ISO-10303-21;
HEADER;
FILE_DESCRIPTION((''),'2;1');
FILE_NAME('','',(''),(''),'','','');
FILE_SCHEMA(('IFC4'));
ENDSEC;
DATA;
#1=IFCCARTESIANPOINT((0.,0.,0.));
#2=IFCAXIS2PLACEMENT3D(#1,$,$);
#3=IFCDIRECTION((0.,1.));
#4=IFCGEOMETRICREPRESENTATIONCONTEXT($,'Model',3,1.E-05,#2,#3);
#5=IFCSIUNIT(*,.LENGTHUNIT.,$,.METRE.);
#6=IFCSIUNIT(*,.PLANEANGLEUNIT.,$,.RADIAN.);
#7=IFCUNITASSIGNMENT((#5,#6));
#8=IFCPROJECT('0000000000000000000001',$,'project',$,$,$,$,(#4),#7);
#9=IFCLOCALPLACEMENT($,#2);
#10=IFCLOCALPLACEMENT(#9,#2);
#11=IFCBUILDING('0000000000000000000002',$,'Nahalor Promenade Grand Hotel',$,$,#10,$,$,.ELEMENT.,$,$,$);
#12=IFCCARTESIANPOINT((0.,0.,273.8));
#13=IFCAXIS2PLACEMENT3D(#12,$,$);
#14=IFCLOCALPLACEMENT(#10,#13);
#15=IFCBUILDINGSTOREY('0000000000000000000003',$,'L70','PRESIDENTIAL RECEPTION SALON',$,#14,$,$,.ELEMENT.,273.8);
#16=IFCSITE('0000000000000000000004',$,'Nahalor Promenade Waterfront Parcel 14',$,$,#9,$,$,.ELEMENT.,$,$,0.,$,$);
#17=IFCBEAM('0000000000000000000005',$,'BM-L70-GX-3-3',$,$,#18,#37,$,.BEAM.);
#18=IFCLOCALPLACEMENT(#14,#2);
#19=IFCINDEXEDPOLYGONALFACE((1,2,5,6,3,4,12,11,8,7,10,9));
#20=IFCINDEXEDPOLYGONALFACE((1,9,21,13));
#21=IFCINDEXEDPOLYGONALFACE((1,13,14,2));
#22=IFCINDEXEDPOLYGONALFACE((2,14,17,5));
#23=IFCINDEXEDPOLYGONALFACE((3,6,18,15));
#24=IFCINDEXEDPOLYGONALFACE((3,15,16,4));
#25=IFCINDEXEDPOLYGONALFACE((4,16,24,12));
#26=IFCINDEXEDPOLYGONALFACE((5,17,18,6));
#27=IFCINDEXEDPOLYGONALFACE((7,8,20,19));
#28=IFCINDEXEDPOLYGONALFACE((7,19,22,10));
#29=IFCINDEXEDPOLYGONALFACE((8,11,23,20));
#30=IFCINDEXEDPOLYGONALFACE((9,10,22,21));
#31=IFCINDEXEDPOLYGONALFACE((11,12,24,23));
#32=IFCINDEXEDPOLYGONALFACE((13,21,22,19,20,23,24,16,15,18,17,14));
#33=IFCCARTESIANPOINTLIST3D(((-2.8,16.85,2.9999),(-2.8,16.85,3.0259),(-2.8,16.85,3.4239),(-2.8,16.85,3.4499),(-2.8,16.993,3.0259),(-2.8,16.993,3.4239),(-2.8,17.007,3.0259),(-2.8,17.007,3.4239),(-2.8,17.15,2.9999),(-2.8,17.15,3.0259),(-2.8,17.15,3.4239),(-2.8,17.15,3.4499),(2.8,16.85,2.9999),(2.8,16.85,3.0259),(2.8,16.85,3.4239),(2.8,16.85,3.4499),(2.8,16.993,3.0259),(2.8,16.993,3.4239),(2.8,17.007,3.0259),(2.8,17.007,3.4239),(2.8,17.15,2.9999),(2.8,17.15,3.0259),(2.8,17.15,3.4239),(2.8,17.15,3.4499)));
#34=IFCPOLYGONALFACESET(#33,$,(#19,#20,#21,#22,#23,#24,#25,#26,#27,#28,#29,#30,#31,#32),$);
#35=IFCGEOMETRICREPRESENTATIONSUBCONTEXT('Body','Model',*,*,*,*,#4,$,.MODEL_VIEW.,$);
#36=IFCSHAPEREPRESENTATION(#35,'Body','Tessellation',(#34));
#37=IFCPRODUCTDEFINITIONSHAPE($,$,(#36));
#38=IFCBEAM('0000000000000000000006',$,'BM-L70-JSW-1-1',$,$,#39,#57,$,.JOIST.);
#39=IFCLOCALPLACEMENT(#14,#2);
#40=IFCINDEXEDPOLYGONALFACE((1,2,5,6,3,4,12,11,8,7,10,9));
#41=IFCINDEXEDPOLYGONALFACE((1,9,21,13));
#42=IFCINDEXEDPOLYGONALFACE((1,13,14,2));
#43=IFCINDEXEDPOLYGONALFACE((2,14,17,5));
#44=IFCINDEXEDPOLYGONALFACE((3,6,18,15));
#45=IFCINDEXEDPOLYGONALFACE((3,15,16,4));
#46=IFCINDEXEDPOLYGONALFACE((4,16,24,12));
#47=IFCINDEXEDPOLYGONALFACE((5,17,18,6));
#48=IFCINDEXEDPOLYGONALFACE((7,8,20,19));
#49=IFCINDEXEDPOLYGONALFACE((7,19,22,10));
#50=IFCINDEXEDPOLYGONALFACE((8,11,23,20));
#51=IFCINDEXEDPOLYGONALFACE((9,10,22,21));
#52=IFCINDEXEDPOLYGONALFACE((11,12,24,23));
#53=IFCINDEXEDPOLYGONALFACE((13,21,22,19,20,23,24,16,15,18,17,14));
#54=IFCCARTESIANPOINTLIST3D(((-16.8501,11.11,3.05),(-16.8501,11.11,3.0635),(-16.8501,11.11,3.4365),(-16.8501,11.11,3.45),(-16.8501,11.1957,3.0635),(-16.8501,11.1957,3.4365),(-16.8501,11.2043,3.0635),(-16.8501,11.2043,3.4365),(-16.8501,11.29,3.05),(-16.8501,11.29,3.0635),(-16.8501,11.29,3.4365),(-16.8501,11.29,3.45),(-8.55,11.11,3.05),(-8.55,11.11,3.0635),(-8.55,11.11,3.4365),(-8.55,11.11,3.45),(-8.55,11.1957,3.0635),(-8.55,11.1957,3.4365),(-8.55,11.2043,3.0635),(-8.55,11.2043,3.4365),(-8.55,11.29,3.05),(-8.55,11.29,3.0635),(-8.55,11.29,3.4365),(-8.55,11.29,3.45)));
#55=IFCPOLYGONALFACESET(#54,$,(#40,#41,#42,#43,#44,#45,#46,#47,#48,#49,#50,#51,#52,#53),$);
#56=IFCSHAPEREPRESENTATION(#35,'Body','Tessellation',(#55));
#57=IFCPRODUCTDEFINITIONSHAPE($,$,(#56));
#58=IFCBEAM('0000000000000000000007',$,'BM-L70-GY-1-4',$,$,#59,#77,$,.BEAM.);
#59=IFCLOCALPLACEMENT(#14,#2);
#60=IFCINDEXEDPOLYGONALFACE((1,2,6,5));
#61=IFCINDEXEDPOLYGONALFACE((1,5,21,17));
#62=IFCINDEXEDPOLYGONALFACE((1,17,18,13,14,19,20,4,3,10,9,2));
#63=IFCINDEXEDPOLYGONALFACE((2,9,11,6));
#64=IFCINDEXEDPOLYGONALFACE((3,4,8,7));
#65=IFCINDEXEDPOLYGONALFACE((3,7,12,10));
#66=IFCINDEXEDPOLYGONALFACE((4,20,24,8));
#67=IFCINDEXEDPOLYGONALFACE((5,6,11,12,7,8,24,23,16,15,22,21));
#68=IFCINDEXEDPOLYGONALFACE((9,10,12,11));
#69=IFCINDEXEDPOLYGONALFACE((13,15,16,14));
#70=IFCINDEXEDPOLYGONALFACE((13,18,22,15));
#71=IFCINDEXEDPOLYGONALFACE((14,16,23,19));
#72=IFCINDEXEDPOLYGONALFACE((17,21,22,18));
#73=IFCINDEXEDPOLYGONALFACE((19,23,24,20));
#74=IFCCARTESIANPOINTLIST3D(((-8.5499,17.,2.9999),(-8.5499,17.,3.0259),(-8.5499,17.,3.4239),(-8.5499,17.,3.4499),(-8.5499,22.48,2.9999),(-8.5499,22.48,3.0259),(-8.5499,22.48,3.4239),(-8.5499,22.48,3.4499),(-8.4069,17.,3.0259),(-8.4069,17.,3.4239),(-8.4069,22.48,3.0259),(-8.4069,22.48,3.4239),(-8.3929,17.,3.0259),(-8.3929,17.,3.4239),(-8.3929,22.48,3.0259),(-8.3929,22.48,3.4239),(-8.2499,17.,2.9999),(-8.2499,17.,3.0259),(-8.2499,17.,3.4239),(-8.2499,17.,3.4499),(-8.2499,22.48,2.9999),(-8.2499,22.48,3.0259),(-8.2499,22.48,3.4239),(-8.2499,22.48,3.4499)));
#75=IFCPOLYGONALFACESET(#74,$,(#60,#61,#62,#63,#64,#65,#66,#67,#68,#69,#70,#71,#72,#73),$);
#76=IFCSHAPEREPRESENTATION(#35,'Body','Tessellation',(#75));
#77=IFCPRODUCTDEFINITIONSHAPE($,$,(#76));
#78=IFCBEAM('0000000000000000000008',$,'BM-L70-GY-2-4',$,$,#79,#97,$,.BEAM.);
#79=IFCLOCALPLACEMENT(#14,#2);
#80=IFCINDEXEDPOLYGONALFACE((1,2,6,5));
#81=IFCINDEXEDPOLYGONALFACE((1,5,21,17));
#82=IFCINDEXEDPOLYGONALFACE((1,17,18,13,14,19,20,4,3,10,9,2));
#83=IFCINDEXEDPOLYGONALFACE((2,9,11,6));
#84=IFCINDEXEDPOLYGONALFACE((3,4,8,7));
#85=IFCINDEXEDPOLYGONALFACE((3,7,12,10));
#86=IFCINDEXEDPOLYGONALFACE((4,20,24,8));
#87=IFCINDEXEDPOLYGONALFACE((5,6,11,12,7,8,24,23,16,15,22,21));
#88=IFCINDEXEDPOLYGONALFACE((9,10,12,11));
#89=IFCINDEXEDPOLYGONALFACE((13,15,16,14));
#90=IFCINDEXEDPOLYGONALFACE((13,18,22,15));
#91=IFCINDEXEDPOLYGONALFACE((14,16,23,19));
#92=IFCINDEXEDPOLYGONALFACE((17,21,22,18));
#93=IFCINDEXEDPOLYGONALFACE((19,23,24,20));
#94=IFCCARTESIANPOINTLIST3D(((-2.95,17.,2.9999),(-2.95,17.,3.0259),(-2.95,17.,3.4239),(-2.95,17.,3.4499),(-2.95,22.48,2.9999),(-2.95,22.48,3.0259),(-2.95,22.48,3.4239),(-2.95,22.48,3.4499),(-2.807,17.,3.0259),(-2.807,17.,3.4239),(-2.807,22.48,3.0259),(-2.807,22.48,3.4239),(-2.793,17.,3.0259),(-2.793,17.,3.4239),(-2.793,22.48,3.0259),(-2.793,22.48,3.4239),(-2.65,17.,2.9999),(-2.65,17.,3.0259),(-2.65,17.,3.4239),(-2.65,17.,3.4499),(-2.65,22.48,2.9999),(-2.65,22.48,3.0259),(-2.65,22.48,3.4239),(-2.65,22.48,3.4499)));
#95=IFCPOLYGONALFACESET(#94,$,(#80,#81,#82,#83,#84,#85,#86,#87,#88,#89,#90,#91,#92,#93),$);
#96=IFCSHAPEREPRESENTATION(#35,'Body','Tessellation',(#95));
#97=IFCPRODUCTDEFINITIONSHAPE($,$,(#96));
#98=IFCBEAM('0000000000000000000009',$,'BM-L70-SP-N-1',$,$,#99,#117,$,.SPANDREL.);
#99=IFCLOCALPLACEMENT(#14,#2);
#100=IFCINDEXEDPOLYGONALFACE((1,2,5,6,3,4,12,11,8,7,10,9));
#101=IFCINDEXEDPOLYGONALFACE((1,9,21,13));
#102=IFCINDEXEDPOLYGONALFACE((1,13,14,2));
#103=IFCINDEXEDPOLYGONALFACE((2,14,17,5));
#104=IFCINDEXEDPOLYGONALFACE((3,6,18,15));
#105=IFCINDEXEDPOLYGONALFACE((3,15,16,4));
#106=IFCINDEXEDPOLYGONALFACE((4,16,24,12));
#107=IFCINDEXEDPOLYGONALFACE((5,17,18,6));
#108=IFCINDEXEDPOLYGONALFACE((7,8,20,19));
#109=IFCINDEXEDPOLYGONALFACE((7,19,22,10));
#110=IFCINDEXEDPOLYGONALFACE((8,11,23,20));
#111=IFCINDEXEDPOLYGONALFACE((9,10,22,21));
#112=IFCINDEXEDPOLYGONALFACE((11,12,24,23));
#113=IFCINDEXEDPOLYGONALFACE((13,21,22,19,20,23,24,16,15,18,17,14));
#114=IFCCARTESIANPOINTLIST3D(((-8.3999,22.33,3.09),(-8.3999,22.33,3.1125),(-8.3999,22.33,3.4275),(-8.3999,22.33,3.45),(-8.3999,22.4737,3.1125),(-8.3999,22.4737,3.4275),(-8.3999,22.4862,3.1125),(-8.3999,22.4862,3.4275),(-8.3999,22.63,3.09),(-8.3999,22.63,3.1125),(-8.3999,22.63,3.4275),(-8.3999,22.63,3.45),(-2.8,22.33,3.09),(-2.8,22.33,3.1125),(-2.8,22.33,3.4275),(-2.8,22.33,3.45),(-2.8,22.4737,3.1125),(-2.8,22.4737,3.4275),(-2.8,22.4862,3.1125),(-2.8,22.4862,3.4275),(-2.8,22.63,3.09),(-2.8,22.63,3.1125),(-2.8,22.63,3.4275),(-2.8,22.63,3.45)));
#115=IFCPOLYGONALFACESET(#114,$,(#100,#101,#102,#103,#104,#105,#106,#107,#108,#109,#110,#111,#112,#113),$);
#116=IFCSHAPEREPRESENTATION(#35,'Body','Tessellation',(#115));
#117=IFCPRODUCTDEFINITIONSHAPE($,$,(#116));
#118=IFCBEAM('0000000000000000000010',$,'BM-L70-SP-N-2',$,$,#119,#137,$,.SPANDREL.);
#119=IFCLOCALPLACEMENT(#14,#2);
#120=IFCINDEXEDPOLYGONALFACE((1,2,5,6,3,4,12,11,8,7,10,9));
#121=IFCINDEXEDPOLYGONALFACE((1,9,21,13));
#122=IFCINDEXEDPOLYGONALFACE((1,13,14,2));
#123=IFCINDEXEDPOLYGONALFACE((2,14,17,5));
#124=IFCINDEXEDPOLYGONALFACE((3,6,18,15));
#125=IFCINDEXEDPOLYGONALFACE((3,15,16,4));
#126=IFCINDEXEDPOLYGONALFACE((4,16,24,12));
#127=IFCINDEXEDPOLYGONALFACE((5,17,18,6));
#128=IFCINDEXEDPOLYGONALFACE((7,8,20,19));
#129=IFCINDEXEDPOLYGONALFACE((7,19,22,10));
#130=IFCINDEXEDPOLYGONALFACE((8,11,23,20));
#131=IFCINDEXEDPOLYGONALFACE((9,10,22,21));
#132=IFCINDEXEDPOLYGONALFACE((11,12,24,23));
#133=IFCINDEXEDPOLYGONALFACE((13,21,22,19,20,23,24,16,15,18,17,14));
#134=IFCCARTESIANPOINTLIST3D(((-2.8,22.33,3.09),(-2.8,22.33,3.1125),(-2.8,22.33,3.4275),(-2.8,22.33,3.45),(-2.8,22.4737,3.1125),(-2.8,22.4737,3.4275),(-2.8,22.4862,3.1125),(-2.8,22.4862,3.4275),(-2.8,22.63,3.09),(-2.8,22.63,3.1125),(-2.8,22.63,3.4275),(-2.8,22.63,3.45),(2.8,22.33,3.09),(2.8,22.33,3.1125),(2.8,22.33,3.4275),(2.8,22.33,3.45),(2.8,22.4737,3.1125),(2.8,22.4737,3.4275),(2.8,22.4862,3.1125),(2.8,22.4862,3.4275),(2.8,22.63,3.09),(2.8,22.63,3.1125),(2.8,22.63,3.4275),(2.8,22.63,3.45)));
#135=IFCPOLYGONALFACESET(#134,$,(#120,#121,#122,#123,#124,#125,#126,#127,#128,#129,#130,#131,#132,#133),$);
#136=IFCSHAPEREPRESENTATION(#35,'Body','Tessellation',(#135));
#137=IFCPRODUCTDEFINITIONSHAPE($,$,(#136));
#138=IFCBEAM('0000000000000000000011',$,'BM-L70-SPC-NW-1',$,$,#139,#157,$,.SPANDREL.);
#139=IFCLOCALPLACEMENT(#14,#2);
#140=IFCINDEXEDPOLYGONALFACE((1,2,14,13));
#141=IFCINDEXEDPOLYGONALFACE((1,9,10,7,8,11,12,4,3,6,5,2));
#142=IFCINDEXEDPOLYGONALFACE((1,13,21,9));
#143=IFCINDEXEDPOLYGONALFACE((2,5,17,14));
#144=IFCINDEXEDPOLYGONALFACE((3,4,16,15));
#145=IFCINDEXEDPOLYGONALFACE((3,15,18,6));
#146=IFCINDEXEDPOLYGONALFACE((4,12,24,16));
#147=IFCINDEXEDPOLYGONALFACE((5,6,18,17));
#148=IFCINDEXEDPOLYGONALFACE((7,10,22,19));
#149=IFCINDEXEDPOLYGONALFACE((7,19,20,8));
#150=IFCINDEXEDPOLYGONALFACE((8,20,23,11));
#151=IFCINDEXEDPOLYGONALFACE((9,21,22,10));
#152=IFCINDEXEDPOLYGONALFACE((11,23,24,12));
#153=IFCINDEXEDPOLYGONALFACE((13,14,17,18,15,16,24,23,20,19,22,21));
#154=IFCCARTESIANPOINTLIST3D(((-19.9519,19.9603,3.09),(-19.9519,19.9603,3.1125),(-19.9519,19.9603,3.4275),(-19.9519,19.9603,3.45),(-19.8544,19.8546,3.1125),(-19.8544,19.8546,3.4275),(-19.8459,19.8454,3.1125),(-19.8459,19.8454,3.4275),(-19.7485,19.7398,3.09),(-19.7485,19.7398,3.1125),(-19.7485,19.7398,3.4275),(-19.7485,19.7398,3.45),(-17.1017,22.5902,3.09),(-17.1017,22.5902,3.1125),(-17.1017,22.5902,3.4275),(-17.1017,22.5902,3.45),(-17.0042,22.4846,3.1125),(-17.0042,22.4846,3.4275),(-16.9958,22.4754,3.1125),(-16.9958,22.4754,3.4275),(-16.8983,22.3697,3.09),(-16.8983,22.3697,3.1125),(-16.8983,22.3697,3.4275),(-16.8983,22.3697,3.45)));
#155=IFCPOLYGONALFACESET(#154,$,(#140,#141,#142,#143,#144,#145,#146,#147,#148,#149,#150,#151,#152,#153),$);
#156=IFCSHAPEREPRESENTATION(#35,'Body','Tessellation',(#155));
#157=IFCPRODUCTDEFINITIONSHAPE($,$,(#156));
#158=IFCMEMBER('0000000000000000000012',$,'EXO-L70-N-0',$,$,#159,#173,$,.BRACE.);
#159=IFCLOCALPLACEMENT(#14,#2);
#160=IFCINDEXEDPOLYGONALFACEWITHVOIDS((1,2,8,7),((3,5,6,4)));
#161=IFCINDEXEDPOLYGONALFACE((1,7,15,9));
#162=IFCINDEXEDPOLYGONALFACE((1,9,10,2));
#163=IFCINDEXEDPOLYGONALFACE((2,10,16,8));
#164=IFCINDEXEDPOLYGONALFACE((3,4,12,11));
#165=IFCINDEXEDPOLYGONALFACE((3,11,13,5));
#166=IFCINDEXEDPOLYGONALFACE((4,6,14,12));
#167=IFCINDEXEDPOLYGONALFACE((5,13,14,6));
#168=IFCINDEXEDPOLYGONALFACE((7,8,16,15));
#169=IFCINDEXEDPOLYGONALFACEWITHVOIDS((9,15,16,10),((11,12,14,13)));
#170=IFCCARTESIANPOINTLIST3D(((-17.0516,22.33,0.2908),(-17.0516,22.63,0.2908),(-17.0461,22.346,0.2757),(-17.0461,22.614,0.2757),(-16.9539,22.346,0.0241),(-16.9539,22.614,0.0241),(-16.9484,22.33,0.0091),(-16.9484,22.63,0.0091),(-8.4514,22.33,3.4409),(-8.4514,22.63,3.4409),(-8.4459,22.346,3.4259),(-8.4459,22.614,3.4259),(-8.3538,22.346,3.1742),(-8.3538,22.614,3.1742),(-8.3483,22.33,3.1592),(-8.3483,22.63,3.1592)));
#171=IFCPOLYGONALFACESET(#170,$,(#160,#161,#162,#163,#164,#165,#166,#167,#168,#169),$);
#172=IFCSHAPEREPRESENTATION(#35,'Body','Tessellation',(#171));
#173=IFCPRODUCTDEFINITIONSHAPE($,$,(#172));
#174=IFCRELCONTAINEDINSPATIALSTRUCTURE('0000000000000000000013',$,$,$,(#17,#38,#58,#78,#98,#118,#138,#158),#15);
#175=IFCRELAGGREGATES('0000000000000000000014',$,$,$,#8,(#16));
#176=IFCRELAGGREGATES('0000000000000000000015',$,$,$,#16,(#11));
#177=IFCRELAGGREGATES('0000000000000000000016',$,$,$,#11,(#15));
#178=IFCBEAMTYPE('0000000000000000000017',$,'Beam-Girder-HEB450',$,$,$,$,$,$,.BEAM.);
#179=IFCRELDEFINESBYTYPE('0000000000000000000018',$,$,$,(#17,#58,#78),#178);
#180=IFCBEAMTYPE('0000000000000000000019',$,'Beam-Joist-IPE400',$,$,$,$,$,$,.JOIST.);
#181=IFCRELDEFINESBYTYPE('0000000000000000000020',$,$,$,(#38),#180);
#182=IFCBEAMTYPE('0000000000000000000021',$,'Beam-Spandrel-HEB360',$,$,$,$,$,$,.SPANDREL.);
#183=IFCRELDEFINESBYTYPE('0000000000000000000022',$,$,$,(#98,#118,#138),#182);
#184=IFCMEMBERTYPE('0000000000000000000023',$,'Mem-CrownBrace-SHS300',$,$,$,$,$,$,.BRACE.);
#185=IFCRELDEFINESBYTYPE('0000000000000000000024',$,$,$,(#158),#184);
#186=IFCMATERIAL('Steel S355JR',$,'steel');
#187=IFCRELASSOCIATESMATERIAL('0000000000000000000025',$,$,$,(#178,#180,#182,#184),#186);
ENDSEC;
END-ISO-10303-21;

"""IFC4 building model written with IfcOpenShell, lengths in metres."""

from ifc_helpers import new_model, si_unit, direction, frame, origin, origin_2d, place, context, subcontext, project, spatial, hollow_rectangle, i_section, extrude, source, transform, mapped, material, material_profile, profile_set, type_object, element, save


model = new_model("IFC4")

# Units and contexts
model_context = context("Model", 3, precision=1e-05, world=origin(), true_north=direction((0.0, 1.0)))
body_context = subcontext(model_context, "Body", "Model", "MODEL_VIEW")
ifc_project = project(units=[si_unit("LENGTHUNIT", "METRE"), si_unit("PLANEANGLEUNIT", "RADIAN")], contexts=[model_context])

# Site, building, storey
site_placement = place(None, origin())
site = spatial("IfcSite", under=ifc_project, at=site_placement, Name="Nahalor Promenade Waterfront Parcel 14", CompositionType="ELEMENT", RefElevation=0.0)
building_placement = place(site_placement, origin())
building = spatial("IfcBuilding", under=site, at=building_placement, Name="Nahalor Promenade Grand Hotel", CompositionType="ELEMENT")
storey_placement = place(building_placement, frame((0.0, 0.0, 273.8)))
storey = spatial("IfcBuildingStorey", under=building, at=storey_placement, Name="L70", Description="PRESIDENTIAL RECEPTION SALON", CompositionType="ELEMENT", Elevation=273.8)

# Shared definitions
ifc_material_1 = material(Name="Steel S355JR", Category="steel")

# Beams
ifc_material_profile_1 = material_profile(ifc_material_1, i_section(OverallWidth=0.3, OverallDepth=0.45, WebThickness=0.014, FlangeThickness=0.026, at=origin_2d()), Name="HEB 450")
ifc_profile_set_1 = profile_set([ifc_material_profile_1], Name="Steel S355JR")
beam_type_1 = type_object("IfcBeamType", Name="Beam-Girder-HEB450", PredefinedType="BEAM", material=ifc_profile_set_1)
shared_shape_1 = source(origin(), body_context, "Body", "SweptSolid", [
    extrude(i_section(OverallWidth=0.3, OverallDepth=0.45, WebThickness=0.014, FlangeThickness=0.026, at=origin_2d()), origin(), (0.0, 0.0, 1.0), 5.6001),
])
beam_1_placement = place(storey_placement, frame((-2.8, 17.0, 3.2249), z_axis=(1.0, 0.0, 0.0), x_axis=(0.0, 1.0, 0.0)))
element("IfcBeam", 1, at=beam_1_placement, inside=storey, type_object=beam_type_1, Name="BM-L70-GX-3-3", PredefinedType="BEAM", context=body_context, shape_type="MappedRepresentation", body=[
    mapped(shared_shape_1, transform((0.0, 0.0, 0.0), scale=1.0)),
])
ifc_material_profile_2 = material_profile(ifc_material_1, i_section(OverallWidth=0.18, OverallDepth=0.4, WebThickness=0.0086, FlangeThickness=0.0135, at=origin_2d()), Name="IPE 400")
ifc_profile_set_2 = profile_set([ifc_material_profile_2], Name="Steel S355JR")
beam_type_2 = type_object("IfcBeamType", Name="Beam-Joist-IPE400", PredefinedType="JOIST", material=ifc_profile_set_2)
shared_shape_2 = source(origin(), body_context, "Body", "SweptSolid", [
    extrude(i_section(OverallWidth=0.18, OverallDepth=0.4, WebThickness=0.0086, FlangeThickness=0.0135, at=origin_2d()), origin(), (0.0, 0.0, 1.0), 8.3),
])
beam_2_placement = place(storey_placement, frame((-16.8501, 11.2, 3.25), z_axis=(1.0, 0.0, 0.0), x_axis=(0.0, 1.0, 0.0)))
element("IfcBeam", 2, at=beam_2_placement, inside=storey, type_object=beam_type_2, Name="BM-L70-JSW-1-1", PredefinedType="JOIST", context=body_context, shape_type="MappedRepresentation", body=[
    mapped(shared_shape_2, transform((0.0, 0.0, 0.0), scale=1.0)),
])
shared_shape_3 = source(origin(), body_context, "Body", "SweptSolid", [
    extrude(i_section(OverallWidth=0.3, OverallDepth=0.45, WebThickness=0.014, FlangeThickness=0.026, at=origin_2d()), origin(), (0.0, 0.0, 1.0), 5.48),
])
for number, where, z_axis, x_axis, name in (
    (3, (-8.3999, 17.0, 3.2249), (0.0, 1.0, 0.0), (-1.0, 0.0, 0.0), "BM-L70-GY-1-4"),
    (4, (-2.8, 17.0, 3.2249), (0.0, 1.0, 0.0), (-1.0, 0.0, 0.0), "BM-L70-GY-2-4"),
):
    element("IfcBeam", number, at=place(storey_placement, frame(where, z_axis=z_axis, x_axis=x_axis)), inside=storey, type_object=beam_type_1, Name=name, PredefinedType="BEAM", context=body_context, shape_type="MappedRepresentation", body=[
        mapped(shared_shape_3, transform((0.0, 0.0, 0.0), scale=1.0)),
    ])
ifc_material_profile_3 = material_profile(ifc_material_1, i_section(OverallWidth=0.3, OverallDepth=0.36, WebThickness=0.0125, FlangeThickness=0.0225, at=origin_2d()), Name="HEB 360")
ifc_profile_set_3 = profile_set([ifc_material_profile_3], Name="Steel S355JR")
beam_type_3 = type_object("IfcBeamType", Name="Beam-Spandrel-HEB360", PredefinedType="SPANDREL", material=ifc_profile_set_3)
shared_shape_4 = source(origin(), body_context, "Body", "SweptSolid", [
    extrude(i_section(OverallWidth=0.3, OverallDepth=0.36, WebThickness=0.0125, FlangeThickness=0.0225, at=origin_2d()), origin(), (0.0, 0.0, 1.0), 5.5999),
])
beam_3_placement = place(storey_placement, frame((-8.3999, 22.48, 3.27), z_axis=(1.0, 0.0, 0.0), x_axis=(0.0, 1.0, 0.0)))
element("IfcBeam", 5, at=beam_3_placement, inside=storey, type_object=beam_type_3, Name="BM-L70-SP-N-1", PredefinedType="SPANDREL", context=body_context, shape_type="MappedRepresentation", body=[
    mapped(shared_shape_4, transform((0.0, 0.0, 0.0), scale=1.0)),
])
shared_shape_5 = source(origin(), body_context, "Body", "SweptSolid", [
    extrude(i_section(OverallWidth=0.3, OverallDepth=0.36, WebThickness=0.0125, FlangeThickness=0.0225, at=origin_2d()), origin(), (0.0, 0.0, 1.0), 5.6001),
])
beam_4_placement = place(storey_placement, frame((-2.8, 22.48, 3.27), z_axis=(1.0, 0.0, 0.0), x_axis=(0.0, 1.0, 0.0)))
element("IfcBeam", 6, at=beam_4_placement, inside=storey, type_object=beam_type_3, Name="BM-L70-SP-N-2", PredefinedType="SPANDREL", context=body_context, shape_type="MappedRepresentation", body=[
    mapped(shared_shape_5, transform((0.0, 0.0, 0.0), scale=1.0)),
])
shared_shape_6 = source(origin(), body_context, "Body", "SweptSolid", [
    extrude(i_section(OverallWidth=0.3, OverallDepth=0.36, WebThickness=0.0125, FlangeThickness=0.0225, at=origin_2d()), origin(), (0.0, 0.0, 1.0), 3.8782),
])
beam_5_placement = place(storey_placement, frame((-17.0, 22.48, 3.27), z_axis=(-0.734929, -0.678144, 0.0), x_axis=(0.678144, -0.734929, 0.0)))
element("IfcBeam", 7, at=beam_5_placement, inside=storey, type_object=beam_type_3, Name="BM-L70-SPC-NW-1", PredefinedType="SPANDREL", context=body_context, shape_type="MappedRepresentation", body=[
    mapped(shared_shape_6, transform((0.0, 0.0, 0.0), scale=1.0)),
])

# Member
ifc_material_profile_4 = material_profile(ifc_material_1, hollow_rectangle(XDim=0.3, YDim=0.3, WallThickness=0.016, at=origin_2d()), Name="SHS 300x300x16")
ifc_profile_set_4 = profile_set([ifc_material_profile_4], Name="Steel S355JR")
member_type_1 = type_object("IfcMemberType", Name="Mem-CrownBrace-SHS300", PredefinedType="BRACE", material=ifc_profile_set_4)
shared_shape_7 = source(origin(), body_context, "Body", "SweptSolid", [
    extrude(hollow_rectangle(XDim=0.3, YDim=0.3, WallThickness=0.016, at=origin_2d()), origin(), (0.0, 0.0, 1.0), 9.1589),
])
member_1_placement = place(storey_placement, frame((-17.0, 22.48, 0.1499), z_axis=(0.93899, 0.0, 0.343944), x_axis=(0.0, 1.0, 0.0)))
element("IfcMember", 8, at=member_1_placement, inside=storey, type_object=member_type_1, Name="EXO-L70-N-0", PredefinedType="BRACE", context=body_context, shape_type="MappedRepresentation", body=[
    mapped(shared_shape_7, transform((0.0, 0.0, 0.0), scale=1.0)),
])

save(model, "model.ifc")
